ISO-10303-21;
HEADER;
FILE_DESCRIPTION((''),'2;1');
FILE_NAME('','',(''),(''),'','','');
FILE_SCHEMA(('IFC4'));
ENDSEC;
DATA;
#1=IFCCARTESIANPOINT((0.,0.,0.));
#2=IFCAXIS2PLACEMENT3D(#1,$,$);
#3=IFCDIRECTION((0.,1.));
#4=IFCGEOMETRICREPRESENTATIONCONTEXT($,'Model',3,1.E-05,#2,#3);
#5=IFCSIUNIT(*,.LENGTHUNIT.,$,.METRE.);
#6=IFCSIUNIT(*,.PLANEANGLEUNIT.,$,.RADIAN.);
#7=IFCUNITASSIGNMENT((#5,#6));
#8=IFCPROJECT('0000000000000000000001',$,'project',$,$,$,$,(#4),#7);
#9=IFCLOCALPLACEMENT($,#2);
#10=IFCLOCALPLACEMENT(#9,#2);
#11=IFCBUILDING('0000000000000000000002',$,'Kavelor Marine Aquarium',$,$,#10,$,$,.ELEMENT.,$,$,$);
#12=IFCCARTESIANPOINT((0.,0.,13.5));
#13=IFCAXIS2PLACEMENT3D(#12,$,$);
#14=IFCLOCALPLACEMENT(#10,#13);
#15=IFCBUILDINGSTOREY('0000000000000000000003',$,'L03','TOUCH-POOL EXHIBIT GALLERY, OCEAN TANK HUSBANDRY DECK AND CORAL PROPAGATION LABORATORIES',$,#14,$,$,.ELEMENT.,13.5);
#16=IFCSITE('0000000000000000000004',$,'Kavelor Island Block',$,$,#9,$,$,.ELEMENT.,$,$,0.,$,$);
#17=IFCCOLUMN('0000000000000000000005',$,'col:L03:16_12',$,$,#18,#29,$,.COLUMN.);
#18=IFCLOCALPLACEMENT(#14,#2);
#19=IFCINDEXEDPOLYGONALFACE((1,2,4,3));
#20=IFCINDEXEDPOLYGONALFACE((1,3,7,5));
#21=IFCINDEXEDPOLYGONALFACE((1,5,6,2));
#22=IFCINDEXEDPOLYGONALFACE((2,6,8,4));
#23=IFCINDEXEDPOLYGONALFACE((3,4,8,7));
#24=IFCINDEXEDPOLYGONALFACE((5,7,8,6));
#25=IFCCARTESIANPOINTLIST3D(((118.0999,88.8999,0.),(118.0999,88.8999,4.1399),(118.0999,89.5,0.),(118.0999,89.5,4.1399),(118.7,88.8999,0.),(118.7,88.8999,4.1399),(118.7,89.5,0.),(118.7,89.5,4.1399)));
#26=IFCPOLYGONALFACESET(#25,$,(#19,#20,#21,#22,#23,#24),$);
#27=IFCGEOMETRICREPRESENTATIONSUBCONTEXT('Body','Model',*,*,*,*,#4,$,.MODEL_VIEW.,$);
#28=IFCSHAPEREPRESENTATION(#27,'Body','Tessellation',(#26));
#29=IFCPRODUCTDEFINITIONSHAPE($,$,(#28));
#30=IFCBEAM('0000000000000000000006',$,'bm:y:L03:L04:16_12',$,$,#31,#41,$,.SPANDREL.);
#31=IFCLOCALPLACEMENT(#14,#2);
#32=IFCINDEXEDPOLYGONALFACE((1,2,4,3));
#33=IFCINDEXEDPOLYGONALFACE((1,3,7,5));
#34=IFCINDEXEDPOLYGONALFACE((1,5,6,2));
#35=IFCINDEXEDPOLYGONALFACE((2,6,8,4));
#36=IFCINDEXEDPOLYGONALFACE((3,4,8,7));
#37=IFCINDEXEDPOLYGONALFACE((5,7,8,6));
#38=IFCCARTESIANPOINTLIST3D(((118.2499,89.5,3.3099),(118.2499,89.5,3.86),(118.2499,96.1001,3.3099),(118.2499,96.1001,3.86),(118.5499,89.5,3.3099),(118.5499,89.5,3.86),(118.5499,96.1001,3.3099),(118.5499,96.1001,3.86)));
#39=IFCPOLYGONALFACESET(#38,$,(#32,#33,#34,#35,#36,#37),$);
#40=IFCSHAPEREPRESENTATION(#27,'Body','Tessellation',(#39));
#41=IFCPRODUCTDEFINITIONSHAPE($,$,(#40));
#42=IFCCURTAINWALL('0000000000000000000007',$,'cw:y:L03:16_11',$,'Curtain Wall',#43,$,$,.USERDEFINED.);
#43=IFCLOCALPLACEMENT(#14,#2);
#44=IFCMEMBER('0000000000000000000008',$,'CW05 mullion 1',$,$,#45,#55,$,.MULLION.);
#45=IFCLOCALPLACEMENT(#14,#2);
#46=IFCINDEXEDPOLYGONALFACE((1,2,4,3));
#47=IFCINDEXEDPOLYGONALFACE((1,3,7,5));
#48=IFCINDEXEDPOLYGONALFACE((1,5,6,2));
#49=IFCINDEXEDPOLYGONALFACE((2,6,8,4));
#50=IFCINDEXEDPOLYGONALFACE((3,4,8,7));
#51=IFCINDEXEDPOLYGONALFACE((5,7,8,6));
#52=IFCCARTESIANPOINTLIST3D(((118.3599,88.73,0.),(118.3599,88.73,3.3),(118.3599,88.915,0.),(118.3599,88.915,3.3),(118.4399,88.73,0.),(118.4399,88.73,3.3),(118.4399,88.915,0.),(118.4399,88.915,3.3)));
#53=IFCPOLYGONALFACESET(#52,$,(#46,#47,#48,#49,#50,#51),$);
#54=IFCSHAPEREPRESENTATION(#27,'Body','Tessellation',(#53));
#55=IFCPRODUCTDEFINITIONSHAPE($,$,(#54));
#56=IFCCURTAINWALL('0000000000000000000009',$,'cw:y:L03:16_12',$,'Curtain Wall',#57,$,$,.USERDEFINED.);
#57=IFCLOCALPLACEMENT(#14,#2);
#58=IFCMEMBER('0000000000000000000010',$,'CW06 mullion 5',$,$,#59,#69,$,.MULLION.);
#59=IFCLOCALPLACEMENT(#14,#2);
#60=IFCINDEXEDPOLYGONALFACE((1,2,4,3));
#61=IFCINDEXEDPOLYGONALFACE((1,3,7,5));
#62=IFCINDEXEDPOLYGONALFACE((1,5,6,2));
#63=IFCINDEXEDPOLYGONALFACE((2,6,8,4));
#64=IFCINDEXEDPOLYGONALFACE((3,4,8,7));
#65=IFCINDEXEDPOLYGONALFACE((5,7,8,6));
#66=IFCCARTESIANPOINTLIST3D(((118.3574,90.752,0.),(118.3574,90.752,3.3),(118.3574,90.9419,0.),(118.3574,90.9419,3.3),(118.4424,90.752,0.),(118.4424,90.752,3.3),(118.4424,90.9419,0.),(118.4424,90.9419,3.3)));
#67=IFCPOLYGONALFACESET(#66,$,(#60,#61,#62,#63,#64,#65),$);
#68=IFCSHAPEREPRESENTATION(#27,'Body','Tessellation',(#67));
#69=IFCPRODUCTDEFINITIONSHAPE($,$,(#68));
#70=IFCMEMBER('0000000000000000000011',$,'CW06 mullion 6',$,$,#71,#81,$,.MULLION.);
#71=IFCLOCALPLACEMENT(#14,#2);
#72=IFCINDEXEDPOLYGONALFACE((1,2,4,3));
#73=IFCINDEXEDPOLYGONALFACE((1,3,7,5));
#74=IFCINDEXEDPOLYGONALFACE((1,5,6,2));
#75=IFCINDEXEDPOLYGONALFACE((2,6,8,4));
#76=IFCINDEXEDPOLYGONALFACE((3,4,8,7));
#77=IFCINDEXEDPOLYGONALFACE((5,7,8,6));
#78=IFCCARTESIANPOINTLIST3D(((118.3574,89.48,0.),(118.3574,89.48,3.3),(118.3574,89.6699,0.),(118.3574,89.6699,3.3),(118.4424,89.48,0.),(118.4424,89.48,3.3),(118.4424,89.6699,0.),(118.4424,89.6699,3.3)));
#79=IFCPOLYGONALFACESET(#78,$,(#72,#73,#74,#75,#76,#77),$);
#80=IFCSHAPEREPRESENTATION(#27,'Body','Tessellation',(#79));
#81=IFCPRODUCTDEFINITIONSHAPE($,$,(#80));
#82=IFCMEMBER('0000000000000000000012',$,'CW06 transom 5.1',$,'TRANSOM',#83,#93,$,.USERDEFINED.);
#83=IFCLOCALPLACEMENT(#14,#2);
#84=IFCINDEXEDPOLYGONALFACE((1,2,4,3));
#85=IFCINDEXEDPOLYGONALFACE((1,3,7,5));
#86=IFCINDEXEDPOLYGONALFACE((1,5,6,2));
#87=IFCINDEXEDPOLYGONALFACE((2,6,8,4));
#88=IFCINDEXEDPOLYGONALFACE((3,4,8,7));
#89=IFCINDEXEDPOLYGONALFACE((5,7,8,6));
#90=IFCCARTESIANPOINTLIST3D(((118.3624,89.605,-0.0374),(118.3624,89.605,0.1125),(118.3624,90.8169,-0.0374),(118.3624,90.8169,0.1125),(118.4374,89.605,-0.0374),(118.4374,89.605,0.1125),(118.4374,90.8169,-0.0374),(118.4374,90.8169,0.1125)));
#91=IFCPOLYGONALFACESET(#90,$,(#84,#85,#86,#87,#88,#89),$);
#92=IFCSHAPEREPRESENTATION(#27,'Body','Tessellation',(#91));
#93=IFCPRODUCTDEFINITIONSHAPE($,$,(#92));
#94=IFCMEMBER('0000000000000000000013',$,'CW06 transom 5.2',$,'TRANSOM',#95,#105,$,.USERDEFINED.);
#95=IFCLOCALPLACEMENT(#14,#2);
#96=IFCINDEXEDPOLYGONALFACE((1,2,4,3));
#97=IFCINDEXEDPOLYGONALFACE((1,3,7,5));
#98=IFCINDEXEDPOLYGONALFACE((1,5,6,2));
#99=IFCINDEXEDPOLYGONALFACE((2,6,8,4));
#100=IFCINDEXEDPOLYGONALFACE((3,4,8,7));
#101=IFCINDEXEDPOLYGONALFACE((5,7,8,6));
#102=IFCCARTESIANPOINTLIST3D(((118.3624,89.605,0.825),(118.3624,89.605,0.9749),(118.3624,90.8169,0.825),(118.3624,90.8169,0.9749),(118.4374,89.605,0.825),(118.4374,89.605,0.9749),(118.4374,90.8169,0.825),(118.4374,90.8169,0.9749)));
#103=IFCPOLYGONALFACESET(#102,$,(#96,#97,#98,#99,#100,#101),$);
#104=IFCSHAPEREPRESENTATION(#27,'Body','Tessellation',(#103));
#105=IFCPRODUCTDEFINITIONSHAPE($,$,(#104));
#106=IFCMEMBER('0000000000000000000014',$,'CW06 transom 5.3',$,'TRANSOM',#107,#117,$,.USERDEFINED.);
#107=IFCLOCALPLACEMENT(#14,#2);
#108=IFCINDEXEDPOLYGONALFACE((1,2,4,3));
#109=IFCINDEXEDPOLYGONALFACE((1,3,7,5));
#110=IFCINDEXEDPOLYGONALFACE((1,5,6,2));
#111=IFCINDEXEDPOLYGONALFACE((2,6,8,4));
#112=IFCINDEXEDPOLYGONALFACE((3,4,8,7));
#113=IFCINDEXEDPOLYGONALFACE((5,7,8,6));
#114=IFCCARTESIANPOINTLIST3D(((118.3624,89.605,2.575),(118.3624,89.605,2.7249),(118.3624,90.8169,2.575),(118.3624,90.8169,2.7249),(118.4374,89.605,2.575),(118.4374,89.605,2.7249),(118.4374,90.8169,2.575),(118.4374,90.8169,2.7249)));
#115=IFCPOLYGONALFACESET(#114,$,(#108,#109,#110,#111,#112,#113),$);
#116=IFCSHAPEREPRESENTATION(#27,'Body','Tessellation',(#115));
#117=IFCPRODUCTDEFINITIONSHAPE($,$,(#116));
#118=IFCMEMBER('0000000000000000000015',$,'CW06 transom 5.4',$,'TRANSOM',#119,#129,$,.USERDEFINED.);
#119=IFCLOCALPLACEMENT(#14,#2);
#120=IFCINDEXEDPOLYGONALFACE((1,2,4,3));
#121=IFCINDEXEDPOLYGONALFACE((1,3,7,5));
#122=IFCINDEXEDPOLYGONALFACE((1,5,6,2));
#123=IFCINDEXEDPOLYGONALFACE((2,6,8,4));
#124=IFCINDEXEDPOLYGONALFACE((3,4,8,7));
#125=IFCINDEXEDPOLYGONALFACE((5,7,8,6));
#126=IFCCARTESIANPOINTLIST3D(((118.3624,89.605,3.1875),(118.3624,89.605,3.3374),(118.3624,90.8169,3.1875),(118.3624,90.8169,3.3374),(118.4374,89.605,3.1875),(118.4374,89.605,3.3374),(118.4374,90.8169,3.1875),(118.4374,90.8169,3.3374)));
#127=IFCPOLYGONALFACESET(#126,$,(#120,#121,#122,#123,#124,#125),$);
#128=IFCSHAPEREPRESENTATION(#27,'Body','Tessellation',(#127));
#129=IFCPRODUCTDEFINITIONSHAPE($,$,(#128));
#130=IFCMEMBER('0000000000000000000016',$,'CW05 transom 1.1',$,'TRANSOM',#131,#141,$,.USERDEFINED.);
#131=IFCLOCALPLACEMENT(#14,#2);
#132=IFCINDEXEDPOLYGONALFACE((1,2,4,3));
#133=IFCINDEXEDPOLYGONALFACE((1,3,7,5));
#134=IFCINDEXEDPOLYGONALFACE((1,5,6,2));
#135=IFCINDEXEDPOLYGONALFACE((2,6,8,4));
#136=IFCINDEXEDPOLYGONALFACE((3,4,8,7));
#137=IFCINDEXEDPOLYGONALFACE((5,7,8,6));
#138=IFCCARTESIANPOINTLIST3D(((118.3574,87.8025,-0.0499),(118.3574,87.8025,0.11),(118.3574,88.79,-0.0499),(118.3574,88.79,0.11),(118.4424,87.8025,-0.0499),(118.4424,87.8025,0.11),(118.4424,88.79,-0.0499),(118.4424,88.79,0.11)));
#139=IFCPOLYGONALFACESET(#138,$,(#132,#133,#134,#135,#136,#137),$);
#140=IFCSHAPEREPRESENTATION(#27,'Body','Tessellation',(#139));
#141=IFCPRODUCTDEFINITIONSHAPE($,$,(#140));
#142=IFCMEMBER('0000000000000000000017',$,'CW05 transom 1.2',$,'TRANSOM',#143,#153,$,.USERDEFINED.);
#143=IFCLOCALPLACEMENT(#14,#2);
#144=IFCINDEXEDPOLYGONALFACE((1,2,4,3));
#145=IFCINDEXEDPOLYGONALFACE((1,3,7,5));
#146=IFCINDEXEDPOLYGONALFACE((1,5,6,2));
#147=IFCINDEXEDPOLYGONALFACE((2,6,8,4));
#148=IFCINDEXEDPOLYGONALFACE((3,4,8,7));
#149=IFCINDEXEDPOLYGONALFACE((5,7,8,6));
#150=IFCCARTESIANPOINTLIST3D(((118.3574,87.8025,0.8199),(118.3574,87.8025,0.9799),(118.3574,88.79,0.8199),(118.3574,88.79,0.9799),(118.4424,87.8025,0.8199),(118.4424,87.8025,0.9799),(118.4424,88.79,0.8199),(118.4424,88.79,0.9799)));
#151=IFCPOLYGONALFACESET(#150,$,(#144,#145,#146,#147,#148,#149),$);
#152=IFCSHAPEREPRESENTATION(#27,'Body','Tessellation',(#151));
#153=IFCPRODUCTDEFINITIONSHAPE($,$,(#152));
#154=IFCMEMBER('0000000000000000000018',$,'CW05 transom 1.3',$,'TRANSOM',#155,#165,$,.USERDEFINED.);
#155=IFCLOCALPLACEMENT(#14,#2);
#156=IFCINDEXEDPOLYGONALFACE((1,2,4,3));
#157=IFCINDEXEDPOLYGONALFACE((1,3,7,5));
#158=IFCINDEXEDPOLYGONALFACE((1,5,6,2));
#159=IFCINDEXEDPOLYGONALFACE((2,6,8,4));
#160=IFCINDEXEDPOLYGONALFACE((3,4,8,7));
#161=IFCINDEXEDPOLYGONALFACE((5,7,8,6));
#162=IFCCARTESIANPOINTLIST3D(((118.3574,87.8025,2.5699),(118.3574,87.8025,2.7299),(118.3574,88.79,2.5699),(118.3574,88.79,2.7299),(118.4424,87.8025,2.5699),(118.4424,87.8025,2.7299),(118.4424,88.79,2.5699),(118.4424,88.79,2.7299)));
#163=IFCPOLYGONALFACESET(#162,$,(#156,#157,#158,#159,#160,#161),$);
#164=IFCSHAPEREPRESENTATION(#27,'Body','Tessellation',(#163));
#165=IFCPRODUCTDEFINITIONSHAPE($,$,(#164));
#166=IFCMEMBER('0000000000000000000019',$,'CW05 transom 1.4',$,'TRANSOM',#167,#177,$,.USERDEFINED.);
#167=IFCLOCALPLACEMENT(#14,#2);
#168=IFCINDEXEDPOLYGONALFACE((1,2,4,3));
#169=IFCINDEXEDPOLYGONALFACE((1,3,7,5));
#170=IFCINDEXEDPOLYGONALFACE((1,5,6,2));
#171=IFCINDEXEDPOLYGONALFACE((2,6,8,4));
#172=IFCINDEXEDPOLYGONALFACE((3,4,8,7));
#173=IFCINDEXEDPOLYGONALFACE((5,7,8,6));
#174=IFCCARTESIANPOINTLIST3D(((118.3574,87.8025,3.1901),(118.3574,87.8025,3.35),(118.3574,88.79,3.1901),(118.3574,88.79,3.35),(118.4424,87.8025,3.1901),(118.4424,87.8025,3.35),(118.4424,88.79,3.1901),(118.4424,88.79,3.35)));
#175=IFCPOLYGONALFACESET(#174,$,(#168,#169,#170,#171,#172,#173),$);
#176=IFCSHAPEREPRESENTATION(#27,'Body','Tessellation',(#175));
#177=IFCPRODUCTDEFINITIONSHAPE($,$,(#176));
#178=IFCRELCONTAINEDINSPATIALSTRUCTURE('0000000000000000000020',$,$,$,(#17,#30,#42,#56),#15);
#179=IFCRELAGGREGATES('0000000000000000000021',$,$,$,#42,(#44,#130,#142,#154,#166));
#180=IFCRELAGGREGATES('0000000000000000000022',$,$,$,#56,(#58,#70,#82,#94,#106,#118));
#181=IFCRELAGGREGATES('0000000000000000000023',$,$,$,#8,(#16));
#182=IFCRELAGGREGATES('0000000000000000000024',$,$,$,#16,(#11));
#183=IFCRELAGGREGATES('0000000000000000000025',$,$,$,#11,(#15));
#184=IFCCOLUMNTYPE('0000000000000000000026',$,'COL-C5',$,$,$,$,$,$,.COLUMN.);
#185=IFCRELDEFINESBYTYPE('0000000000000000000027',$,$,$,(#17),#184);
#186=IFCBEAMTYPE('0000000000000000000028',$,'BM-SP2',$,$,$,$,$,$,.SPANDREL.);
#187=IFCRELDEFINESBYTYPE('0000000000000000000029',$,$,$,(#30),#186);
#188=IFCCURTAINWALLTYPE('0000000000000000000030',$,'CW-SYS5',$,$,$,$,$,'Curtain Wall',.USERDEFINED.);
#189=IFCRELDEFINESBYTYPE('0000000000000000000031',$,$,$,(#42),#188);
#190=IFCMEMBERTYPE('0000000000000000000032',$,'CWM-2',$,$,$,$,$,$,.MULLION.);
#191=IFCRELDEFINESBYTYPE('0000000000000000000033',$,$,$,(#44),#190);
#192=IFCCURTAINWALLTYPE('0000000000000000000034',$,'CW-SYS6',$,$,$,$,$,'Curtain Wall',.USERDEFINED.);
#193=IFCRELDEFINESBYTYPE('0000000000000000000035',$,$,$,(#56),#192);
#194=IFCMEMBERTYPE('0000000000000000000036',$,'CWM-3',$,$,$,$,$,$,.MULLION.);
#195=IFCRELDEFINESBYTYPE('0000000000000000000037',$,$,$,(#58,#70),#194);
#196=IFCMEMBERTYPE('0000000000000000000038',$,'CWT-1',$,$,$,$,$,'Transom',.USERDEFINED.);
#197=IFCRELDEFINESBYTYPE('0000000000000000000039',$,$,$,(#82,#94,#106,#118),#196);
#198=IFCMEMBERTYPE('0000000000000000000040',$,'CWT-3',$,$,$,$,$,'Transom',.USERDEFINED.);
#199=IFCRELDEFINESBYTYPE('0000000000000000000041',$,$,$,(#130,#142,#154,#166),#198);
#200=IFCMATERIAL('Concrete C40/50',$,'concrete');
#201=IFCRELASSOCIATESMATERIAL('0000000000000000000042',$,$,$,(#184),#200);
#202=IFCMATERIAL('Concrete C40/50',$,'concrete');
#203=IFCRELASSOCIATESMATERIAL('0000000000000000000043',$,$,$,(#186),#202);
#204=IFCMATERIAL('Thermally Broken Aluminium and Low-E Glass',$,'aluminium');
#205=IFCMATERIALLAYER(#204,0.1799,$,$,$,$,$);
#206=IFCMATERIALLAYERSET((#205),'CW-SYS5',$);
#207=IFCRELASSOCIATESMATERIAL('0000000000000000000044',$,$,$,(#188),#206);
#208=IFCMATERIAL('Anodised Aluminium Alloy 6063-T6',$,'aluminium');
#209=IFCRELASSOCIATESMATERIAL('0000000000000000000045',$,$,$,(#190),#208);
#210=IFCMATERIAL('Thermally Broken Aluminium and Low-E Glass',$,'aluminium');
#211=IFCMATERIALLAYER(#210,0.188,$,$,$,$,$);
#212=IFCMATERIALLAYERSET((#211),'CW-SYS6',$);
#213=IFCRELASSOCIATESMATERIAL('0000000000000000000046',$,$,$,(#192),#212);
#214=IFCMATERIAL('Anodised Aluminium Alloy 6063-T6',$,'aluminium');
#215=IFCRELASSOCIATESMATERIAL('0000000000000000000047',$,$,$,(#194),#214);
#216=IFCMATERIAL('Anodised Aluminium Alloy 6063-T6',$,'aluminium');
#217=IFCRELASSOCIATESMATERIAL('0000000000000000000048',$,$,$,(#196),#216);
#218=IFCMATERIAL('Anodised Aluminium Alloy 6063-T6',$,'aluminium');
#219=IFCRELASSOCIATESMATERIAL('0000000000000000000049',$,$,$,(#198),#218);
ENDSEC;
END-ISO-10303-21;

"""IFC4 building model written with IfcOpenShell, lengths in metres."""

from ifc_helpers import new_model, si_unit, direction, frame, origin, origin_2d, place, context, subcontext, project, spatial, rectangle, extrude, material, layer, layer_set, material_profile, profile_set, type_object, element, aggregate, save


model = new_model("IFC4")

# Units and contexts
model_context = context("Model", 3, precision=1e-05, world=origin(), true_north=direction((0.0, 1.0)))
body_context = subcontext(model_context, "Body", "Model", "MODEL_VIEW")
ifc_project = project(units=[si_unit("LENGTHUNIT", "METRE"), si_unit("PLANEANGLEUNIT", "RADIAN")], contexts=[model_context])

# Site, building, storey
site_placement = place(None, origin())
site = spatial("IfcSite", under=ifc_project, at=site_placement, Name="Kavelor Island Block", CompositionType="ELEMENT", RefElevation=0.0)
building_placement = place(site_placement, origin())
building = spatial("IfcBuilding", under=site, at=building_placement, Name="Kavelor Marine Aquarium", CompositionType="ELEMENT")
storey_placement = place(building_placement, frame((0.0, 0.0, 13.5)))
storey = spatial("IfcBuildingStorey", under=building, at=storey_placement, Name="L03", Description="TOUCH-POOL EXHIBIT GALLERY, OCEAN TANK HUSBANDRY DECK AND CORAL PROPAGATION LABORATORIES", CompositionType="ELEMENT", Elevation=13.5)

# Column
ifc_material_1 = material(Name="Concrete C40/50", Category="concrete")
ifc_material_profile_1 = material_profile(ifc_material_1, rectangle(XDim=0.6001, YDim=0.6001, at=origin_2d()), Name="RC-COL 600x600")
ifc_profile_set_1 = profile_set([ifc_material_profile_1], Name="Concrete C40/50")
column_type = type_object("IfcColumnType", Name="COL-C5", PredefinedType="COLUMN", material=ifc_profile_set_1)
column_placement = place(storey_placement, frame((118.3999, 89.2, 0.0), z_axis=(0.0, 0.0, 1.0), x_axis=(1.0, 0.0, 0.0)))
element("IfcColumn", 1, at=column_placement, inside=storey, type_object=column_type, Name="col:L03:16_12", PredefinedType="COLUMN", context=body_context, shape_type="SweptSolid", body=[
    extrude(rectangle(XDim=0.6001, YDim=0.6001, at=origin_2d()), origin(), (0.0, 0.0, 1.0), 4.1399),
])

# Beam
ifc_material_2 = material(Name="Concrete C40/50", Category="concrete")
ifc_material_profile_2 = material_profile(ifc_material_2, rectangle(XDim=0.3, YDim=0.55, at=origin_2d()), Name="RC-SP 300x550")
ifc_profile_set_2 = profile_set([ifc_material_profile_2], Name="Concrete C40/50")
beam_type = type_object("IfcBeamType", Name="BM-SP2", PredefinedType="SPANDREL", material=ifc_profile_set_2)
beam_placement = place(storey_placement, frame((118.3999, 89.5, 3.585), z_axis=(0.0, 1.0, 0.0), x_axis=(-1.0, 0.0, 0.0)))
element("IfcBeam", 2, at=beam_placement, inside=storey, type_object=beam_type, Name="bm:y:L03:L04:16_12", PredefinedType="SPANDREL", context=body_context, shape_type="SweptSolid", body=[
    extrude(rectangle(XDim=0.3, YDim=0.55, at=origin_2d()), origin(), (0.0, 0.0, 1.0), 6.6001),
])

# Curtain wall, member
ifc_material_3 = material(Name="Thermally Broken Aluminium and Low-E Glass", Category="aluminium")
ifc_layer_1 = layer(ifc_material_3, 0.1799)
ifc_layer_set_1 = layer_set([ifc_layer_1], Name="CW-SYS5")
curtain_wall_type_1 = type_object("IfcCurtainWallType", Name="CW-SYS5", ElementType="Curtain Wall", PredefinedType="USERDEFINED", material=ifc_layer_set_1)
curtain_wall_1_placement = place(storey_placement, origin())
curtain_wall_1 = element("IfcCurtainWall", 3, at=curtain_wall_1_placement, inside=storey, type_object=curtain_wall_type_1, Name="cw:y:L03:16_11", ObjectType="Curtain Wall", PredefinedType="USERDEFINED")
ifc_material_4 = material(Name="Anodised Aluminium Alloy 6063-T6", Category="aluminium")
ifc_material_profile_3 = material_profile(ifc_material_4, rectangle(XDim=0.0801, YDim=0.1851, at=origin_2d()), Name="CW-MUL 80x185")
ifc_profile_set_3 = profile_set([ifc_material_profile_3], Name="Anodised Aluminium Alloy 6063-T6")
member_type_1 = type_object("IfcMemberType", Name="CWM-2", PredefinedType="MULLION", material=ifc_profile_set_3)
member_1_placement = place(storey_placement, frame((118.3999, 88.8225, 0.0), z_axis=(0.0, 0.0, 1.0), x_axis=(1.0, 0.0, 0.0)))
member_1 = element("IfcMember", 4, at=member_1_placement, type_object=member_type_1, Name="CW05 mullion 1", PredefinedType="MULLION", context=body_context, shape_type="SweptSolid", body=[
    extrude(rectangle(XDim=0.0801, YDim=0.1851, at=origin_2d()), origin(), (0.0, 0.0, 1.0), 3.3),
])

# Curtain wall, members
ifc_material_5 = material(Name="Thermally Broken Aluminium and Low-E Glass", Category="aluminium")
ifc_layer_2 = layer(ifc_material_5, 0.188)
ifc_layer_set_2 = layer_set([ifc_layer_2], Name="CW-SYS6")
curtain_wall_type_2 = type_object("IfcCurtainWallType", Name="CW-SYS6", ElementType="Curtain Wall", PredefinedType="USERDEFINED", material=ifc_layer_set_2)
curtain_wall_2_placement = place(storey_placement, origin())
curtain_wall_2 = element("IfcCurtainWall", 5, at=curtain_wall_2_placement, inside=storey, type_object=curtain_wall_type_2, Name="cw:y:L03:16_12", ObjectType="Curtain Wall", PredefinedType="USERDEFINED")
ifc_material_6 = material(Name="Anodised Aluminium Alloy 6063-T6", Category="aluminium")
ifc_material_profile_4 = material_profile(ifc_material_6, rectangle(XDim=0.085, YDim=0.1899, at=origin_2d()), Name="CW-MUL 85x190")
ifc_profile_set_4 = profile_set([ifc_material_profile_4], Name="Anodised Aluminium Alloy 6063-T6")
member_type_2 = type_object("IfcMemberType", Name="CWM-3", PredefinedType="MULLION", material=ifc_profile_set_4)
member_2_placement = place(storey_placement, frame((118.3999, 90.8469, 0.0), z_axis=(0.0, 0.0, 1.0), x_axis=(1.0, 0.0, 0.0)))
member_2 = element("IfcMember", 6, at=member_2_placement, type_object=member_type_2, Name="CW06 mullion 5", PredefinedType="MULLION", context=body_context, shape_type="SweptSolid", body=[
    extrude(rectangle(XDim=0.085, YDim=0.1899, at=origin_2d()), origin(), (0.0, 0.0, 1.0), 3.3),
])
member_3_placement = place(storey_placement, frame((118.3999, 89.575, 0.0), z_axis=(0.0, 0.0, 1.0), x_axis=(1.0, 0.0, 0.0)))
member_3 = element("IfcMember", 7, at=member_3_placement, type_object=member_type_2, Name="CW06 mullion 6", PredefinedType="MULLION", context=body_context, shape_type="SweptSolid", body=[
    extrude(rectangle(XDim=0.085, YDim=0.1899, at=origin_2d()), origin(), (0.0, 0.0, 1.0), 3.3),
])
ifc_material_7 = material(Name="Anodised Aluminium Alloy 6063-T6", Category="aluminium")
ifc_material_profile_5 = material_profile(ifc_material_7, rectangle(XDim=0.075, YDim=0.1499, at=origin_2d()), Name="CW-TRN 75x150")
ifc_profile_set_5 = profile_set([ifc_material_profile_5], Name="Anodised Aluminium Alloy 6063-T6")
member_type_3 = type_object("IfcMemberType", Name="CWT-1", ElementType="Transom", PredefinedType="USERDEFINED", material=ifc_profile_set_5)
member_4_placement = place(storey_placement, frame((118.3999, 90.8169, 0.0376), z_axis=(0.0, -1.0, 0.0), x_axis=(1.0, 0.0, 0.0)))
member_4 = element("IfcMember", 8, at=member_4_placement, type_object=member_type_3, Name="CW06 transom 5.1", ObjectType="TRANSOM", PredefinedType="USERDEFINED", context=body_context, shape_type="SweptSolid", body=[
    extrude(rectangle(XDim=0.075, YDim=0.1499, at=origin_2d()), origin(), (0.0, 0.0, 1.0), 1.2119),
])
member_5_placement = place(storey_placement, frame((118.3999, 90.8169, 0.8999), z_axis=(0.0, -1.0, 0.0), x_axis=(1.0, 0.0, 0.0)))
member_5 = element("IfcMember", 9, at=member_5_placement, type_object=member_type_3, Name="CW06 transom 5.2", ObjectType="TRANSOM", PredefinedType="USERDEFINED", context=body_context, shape_type="SweptSolid", body=[
    extrude(rectangle(XDim=0.075, YDim=0.1499, at=origin_2d()), origin(), (0.0, 0.0, 1.0), 1.2119),
])
member_6_placement = place(storey_placement, frame((118.3999, 90.8169, 2.6499), z_axis=(0.0, -1.0, 0.0), x_axis=(1.0, 0.0, 0.0)))
member_6 = element("IfcMember", 10, at=member_6_placement, type_object=member_type_3, Name="CW06 transom 5.3", ObjectType="TRANSOM", PredefinedType="USERDEFINED", context=body_context, shape_type="SweptSolid", body=[
    extrude(rectangle(XDim=0.075, YDim=0.1499, at=origin_2d()), origin(), (0.0, 0.0, 1.0), 1.2119),
])
member_7_placement = place(storey_placement, frame((118.3999, 90.8169, 3.2625), z_axis=(0.0, -1.0, 0.0), x_axis=(1.0, 0.0, 0.0)))
member_7 = element("IfcMember", 11, at=member_7_placement, type_object=member_type_3, Name="CW06 transom 5.4", ObjectType="TRANSOM", PredefinedType="USERDEFINED", context=body_context, shape_type="SweptSolid", body=[
    extrude(rectangle(XDim=0.075, YDim=0.1499, at=origin_2d()), origin(), (0.0, 0.0, 1.0), 1.2119),
])

# Members
ifc_material_8 = material(Name="Anodised Aluminium Alloy 6063-T6", Category="aluminium")
ifc_material_profile_6 = material_profile(ifc_material_8, rectangle(XDim=0.085, YDim=0.1599, at=origin_2d()), Name="CW-TRN 85x160")
ifc_profile_set_6 = profile_set([ifc_material_profile_6], Name="Anodised Aluminium Alloy 6063-T6")
member_type_4 = type_object("IfcMemberType", Name="CWT-3", ElementType="Transom", PredefinedType="USERDEFINED", material=ifc_profile_set_6)
member_8_placement = place(storey_placement, frame((118.3999, 88.79, 0.03), z_axis=(0.0, -1.0, 0.0), x_axis=(1.0, 0.0, 0.0)))
member_8 = element("IfcMember", 12, at=member_8_placement, type_object=member_type_4, Name="CW05 transom 1.1", ObjectType="TRANSOM", PredefinedType="USERDEFINED", context=body_context, shape_type="SweptSolid", body=[
    extrude(rectangle(XDim=0.085, YDim=0.1599, at=origin_2d()), origin(), (0.0, 0.0, 1.0), 0.9875),
])
member_9_placement = place(storey_placement, frame((118.3999, 88.79, 0.8999), z_axis=(0.0, -1.0, 0.0), x_axis=(1.0, 0.0, 0.0)))
member_9 = element("IfcMember", 13, at=member_9_placement, type_object=member_type_4, Name="CW05 transom 1.2", ObjectType="TRANSOM", PredefinedType="USERDEFINED", context=body_context, shape_type="SweptSolid", body=[
    extrude(rectangle(XDim=0.085, YDim=0.1599, at=origin_2d()), origin(), (0.0, 0.0, 1.0), 0.9875),
])
member_10_placement = place(storey_placement, frame((118.3999, 88.79, 2.6499), z_axis=(0.0, -1.0, 0.0), x_axis=(1.0, 0.0, 0.0)))
member_10 = element("IfcMember", 14, at=member_10_placement, type_object=member_type_4, Name="CW05 transom 1.3", ObjectType="TRANSOM", PredefinedType="USERDEFINED", context=body_context, shape_type="SweptSolid", body=[
    extrude(rectangle(XDim=0.085, YDim=0.1599, at=origin_2d()), origin(), (0.0, 0.0, 1.0), 0.9875),
])
member_11_placement = place(storey_placement, frame((118.3999, 88.79, 3.27), z_axis=(0.0, -1.0, 0.0), x_axis=(1.0, 0.0, 0.0)))
member_11 = element("IfcMember", 15, at=member_11_placement, type_object=member_type_4, Name="CW05 transom 1.4", ObjectType="TRANSOM", PredefinedType="USERDEFINED", context=body_context, shape_type="SweptSolid", body=[
    extrude(rectangle(XDim=0.085, YDim=0.1599, at=origin_2d()), origin(), (0.0, 0.0, 1.0), 0.9875),
])

aggregate(curtain_wall_1, [member_1, member_8, member_9, member_10, member_11])
aggregate(curtain_wall_2, [member_2, member_3, member_4, member_5, member_6, member_7])

save(model, "model.ifc")
